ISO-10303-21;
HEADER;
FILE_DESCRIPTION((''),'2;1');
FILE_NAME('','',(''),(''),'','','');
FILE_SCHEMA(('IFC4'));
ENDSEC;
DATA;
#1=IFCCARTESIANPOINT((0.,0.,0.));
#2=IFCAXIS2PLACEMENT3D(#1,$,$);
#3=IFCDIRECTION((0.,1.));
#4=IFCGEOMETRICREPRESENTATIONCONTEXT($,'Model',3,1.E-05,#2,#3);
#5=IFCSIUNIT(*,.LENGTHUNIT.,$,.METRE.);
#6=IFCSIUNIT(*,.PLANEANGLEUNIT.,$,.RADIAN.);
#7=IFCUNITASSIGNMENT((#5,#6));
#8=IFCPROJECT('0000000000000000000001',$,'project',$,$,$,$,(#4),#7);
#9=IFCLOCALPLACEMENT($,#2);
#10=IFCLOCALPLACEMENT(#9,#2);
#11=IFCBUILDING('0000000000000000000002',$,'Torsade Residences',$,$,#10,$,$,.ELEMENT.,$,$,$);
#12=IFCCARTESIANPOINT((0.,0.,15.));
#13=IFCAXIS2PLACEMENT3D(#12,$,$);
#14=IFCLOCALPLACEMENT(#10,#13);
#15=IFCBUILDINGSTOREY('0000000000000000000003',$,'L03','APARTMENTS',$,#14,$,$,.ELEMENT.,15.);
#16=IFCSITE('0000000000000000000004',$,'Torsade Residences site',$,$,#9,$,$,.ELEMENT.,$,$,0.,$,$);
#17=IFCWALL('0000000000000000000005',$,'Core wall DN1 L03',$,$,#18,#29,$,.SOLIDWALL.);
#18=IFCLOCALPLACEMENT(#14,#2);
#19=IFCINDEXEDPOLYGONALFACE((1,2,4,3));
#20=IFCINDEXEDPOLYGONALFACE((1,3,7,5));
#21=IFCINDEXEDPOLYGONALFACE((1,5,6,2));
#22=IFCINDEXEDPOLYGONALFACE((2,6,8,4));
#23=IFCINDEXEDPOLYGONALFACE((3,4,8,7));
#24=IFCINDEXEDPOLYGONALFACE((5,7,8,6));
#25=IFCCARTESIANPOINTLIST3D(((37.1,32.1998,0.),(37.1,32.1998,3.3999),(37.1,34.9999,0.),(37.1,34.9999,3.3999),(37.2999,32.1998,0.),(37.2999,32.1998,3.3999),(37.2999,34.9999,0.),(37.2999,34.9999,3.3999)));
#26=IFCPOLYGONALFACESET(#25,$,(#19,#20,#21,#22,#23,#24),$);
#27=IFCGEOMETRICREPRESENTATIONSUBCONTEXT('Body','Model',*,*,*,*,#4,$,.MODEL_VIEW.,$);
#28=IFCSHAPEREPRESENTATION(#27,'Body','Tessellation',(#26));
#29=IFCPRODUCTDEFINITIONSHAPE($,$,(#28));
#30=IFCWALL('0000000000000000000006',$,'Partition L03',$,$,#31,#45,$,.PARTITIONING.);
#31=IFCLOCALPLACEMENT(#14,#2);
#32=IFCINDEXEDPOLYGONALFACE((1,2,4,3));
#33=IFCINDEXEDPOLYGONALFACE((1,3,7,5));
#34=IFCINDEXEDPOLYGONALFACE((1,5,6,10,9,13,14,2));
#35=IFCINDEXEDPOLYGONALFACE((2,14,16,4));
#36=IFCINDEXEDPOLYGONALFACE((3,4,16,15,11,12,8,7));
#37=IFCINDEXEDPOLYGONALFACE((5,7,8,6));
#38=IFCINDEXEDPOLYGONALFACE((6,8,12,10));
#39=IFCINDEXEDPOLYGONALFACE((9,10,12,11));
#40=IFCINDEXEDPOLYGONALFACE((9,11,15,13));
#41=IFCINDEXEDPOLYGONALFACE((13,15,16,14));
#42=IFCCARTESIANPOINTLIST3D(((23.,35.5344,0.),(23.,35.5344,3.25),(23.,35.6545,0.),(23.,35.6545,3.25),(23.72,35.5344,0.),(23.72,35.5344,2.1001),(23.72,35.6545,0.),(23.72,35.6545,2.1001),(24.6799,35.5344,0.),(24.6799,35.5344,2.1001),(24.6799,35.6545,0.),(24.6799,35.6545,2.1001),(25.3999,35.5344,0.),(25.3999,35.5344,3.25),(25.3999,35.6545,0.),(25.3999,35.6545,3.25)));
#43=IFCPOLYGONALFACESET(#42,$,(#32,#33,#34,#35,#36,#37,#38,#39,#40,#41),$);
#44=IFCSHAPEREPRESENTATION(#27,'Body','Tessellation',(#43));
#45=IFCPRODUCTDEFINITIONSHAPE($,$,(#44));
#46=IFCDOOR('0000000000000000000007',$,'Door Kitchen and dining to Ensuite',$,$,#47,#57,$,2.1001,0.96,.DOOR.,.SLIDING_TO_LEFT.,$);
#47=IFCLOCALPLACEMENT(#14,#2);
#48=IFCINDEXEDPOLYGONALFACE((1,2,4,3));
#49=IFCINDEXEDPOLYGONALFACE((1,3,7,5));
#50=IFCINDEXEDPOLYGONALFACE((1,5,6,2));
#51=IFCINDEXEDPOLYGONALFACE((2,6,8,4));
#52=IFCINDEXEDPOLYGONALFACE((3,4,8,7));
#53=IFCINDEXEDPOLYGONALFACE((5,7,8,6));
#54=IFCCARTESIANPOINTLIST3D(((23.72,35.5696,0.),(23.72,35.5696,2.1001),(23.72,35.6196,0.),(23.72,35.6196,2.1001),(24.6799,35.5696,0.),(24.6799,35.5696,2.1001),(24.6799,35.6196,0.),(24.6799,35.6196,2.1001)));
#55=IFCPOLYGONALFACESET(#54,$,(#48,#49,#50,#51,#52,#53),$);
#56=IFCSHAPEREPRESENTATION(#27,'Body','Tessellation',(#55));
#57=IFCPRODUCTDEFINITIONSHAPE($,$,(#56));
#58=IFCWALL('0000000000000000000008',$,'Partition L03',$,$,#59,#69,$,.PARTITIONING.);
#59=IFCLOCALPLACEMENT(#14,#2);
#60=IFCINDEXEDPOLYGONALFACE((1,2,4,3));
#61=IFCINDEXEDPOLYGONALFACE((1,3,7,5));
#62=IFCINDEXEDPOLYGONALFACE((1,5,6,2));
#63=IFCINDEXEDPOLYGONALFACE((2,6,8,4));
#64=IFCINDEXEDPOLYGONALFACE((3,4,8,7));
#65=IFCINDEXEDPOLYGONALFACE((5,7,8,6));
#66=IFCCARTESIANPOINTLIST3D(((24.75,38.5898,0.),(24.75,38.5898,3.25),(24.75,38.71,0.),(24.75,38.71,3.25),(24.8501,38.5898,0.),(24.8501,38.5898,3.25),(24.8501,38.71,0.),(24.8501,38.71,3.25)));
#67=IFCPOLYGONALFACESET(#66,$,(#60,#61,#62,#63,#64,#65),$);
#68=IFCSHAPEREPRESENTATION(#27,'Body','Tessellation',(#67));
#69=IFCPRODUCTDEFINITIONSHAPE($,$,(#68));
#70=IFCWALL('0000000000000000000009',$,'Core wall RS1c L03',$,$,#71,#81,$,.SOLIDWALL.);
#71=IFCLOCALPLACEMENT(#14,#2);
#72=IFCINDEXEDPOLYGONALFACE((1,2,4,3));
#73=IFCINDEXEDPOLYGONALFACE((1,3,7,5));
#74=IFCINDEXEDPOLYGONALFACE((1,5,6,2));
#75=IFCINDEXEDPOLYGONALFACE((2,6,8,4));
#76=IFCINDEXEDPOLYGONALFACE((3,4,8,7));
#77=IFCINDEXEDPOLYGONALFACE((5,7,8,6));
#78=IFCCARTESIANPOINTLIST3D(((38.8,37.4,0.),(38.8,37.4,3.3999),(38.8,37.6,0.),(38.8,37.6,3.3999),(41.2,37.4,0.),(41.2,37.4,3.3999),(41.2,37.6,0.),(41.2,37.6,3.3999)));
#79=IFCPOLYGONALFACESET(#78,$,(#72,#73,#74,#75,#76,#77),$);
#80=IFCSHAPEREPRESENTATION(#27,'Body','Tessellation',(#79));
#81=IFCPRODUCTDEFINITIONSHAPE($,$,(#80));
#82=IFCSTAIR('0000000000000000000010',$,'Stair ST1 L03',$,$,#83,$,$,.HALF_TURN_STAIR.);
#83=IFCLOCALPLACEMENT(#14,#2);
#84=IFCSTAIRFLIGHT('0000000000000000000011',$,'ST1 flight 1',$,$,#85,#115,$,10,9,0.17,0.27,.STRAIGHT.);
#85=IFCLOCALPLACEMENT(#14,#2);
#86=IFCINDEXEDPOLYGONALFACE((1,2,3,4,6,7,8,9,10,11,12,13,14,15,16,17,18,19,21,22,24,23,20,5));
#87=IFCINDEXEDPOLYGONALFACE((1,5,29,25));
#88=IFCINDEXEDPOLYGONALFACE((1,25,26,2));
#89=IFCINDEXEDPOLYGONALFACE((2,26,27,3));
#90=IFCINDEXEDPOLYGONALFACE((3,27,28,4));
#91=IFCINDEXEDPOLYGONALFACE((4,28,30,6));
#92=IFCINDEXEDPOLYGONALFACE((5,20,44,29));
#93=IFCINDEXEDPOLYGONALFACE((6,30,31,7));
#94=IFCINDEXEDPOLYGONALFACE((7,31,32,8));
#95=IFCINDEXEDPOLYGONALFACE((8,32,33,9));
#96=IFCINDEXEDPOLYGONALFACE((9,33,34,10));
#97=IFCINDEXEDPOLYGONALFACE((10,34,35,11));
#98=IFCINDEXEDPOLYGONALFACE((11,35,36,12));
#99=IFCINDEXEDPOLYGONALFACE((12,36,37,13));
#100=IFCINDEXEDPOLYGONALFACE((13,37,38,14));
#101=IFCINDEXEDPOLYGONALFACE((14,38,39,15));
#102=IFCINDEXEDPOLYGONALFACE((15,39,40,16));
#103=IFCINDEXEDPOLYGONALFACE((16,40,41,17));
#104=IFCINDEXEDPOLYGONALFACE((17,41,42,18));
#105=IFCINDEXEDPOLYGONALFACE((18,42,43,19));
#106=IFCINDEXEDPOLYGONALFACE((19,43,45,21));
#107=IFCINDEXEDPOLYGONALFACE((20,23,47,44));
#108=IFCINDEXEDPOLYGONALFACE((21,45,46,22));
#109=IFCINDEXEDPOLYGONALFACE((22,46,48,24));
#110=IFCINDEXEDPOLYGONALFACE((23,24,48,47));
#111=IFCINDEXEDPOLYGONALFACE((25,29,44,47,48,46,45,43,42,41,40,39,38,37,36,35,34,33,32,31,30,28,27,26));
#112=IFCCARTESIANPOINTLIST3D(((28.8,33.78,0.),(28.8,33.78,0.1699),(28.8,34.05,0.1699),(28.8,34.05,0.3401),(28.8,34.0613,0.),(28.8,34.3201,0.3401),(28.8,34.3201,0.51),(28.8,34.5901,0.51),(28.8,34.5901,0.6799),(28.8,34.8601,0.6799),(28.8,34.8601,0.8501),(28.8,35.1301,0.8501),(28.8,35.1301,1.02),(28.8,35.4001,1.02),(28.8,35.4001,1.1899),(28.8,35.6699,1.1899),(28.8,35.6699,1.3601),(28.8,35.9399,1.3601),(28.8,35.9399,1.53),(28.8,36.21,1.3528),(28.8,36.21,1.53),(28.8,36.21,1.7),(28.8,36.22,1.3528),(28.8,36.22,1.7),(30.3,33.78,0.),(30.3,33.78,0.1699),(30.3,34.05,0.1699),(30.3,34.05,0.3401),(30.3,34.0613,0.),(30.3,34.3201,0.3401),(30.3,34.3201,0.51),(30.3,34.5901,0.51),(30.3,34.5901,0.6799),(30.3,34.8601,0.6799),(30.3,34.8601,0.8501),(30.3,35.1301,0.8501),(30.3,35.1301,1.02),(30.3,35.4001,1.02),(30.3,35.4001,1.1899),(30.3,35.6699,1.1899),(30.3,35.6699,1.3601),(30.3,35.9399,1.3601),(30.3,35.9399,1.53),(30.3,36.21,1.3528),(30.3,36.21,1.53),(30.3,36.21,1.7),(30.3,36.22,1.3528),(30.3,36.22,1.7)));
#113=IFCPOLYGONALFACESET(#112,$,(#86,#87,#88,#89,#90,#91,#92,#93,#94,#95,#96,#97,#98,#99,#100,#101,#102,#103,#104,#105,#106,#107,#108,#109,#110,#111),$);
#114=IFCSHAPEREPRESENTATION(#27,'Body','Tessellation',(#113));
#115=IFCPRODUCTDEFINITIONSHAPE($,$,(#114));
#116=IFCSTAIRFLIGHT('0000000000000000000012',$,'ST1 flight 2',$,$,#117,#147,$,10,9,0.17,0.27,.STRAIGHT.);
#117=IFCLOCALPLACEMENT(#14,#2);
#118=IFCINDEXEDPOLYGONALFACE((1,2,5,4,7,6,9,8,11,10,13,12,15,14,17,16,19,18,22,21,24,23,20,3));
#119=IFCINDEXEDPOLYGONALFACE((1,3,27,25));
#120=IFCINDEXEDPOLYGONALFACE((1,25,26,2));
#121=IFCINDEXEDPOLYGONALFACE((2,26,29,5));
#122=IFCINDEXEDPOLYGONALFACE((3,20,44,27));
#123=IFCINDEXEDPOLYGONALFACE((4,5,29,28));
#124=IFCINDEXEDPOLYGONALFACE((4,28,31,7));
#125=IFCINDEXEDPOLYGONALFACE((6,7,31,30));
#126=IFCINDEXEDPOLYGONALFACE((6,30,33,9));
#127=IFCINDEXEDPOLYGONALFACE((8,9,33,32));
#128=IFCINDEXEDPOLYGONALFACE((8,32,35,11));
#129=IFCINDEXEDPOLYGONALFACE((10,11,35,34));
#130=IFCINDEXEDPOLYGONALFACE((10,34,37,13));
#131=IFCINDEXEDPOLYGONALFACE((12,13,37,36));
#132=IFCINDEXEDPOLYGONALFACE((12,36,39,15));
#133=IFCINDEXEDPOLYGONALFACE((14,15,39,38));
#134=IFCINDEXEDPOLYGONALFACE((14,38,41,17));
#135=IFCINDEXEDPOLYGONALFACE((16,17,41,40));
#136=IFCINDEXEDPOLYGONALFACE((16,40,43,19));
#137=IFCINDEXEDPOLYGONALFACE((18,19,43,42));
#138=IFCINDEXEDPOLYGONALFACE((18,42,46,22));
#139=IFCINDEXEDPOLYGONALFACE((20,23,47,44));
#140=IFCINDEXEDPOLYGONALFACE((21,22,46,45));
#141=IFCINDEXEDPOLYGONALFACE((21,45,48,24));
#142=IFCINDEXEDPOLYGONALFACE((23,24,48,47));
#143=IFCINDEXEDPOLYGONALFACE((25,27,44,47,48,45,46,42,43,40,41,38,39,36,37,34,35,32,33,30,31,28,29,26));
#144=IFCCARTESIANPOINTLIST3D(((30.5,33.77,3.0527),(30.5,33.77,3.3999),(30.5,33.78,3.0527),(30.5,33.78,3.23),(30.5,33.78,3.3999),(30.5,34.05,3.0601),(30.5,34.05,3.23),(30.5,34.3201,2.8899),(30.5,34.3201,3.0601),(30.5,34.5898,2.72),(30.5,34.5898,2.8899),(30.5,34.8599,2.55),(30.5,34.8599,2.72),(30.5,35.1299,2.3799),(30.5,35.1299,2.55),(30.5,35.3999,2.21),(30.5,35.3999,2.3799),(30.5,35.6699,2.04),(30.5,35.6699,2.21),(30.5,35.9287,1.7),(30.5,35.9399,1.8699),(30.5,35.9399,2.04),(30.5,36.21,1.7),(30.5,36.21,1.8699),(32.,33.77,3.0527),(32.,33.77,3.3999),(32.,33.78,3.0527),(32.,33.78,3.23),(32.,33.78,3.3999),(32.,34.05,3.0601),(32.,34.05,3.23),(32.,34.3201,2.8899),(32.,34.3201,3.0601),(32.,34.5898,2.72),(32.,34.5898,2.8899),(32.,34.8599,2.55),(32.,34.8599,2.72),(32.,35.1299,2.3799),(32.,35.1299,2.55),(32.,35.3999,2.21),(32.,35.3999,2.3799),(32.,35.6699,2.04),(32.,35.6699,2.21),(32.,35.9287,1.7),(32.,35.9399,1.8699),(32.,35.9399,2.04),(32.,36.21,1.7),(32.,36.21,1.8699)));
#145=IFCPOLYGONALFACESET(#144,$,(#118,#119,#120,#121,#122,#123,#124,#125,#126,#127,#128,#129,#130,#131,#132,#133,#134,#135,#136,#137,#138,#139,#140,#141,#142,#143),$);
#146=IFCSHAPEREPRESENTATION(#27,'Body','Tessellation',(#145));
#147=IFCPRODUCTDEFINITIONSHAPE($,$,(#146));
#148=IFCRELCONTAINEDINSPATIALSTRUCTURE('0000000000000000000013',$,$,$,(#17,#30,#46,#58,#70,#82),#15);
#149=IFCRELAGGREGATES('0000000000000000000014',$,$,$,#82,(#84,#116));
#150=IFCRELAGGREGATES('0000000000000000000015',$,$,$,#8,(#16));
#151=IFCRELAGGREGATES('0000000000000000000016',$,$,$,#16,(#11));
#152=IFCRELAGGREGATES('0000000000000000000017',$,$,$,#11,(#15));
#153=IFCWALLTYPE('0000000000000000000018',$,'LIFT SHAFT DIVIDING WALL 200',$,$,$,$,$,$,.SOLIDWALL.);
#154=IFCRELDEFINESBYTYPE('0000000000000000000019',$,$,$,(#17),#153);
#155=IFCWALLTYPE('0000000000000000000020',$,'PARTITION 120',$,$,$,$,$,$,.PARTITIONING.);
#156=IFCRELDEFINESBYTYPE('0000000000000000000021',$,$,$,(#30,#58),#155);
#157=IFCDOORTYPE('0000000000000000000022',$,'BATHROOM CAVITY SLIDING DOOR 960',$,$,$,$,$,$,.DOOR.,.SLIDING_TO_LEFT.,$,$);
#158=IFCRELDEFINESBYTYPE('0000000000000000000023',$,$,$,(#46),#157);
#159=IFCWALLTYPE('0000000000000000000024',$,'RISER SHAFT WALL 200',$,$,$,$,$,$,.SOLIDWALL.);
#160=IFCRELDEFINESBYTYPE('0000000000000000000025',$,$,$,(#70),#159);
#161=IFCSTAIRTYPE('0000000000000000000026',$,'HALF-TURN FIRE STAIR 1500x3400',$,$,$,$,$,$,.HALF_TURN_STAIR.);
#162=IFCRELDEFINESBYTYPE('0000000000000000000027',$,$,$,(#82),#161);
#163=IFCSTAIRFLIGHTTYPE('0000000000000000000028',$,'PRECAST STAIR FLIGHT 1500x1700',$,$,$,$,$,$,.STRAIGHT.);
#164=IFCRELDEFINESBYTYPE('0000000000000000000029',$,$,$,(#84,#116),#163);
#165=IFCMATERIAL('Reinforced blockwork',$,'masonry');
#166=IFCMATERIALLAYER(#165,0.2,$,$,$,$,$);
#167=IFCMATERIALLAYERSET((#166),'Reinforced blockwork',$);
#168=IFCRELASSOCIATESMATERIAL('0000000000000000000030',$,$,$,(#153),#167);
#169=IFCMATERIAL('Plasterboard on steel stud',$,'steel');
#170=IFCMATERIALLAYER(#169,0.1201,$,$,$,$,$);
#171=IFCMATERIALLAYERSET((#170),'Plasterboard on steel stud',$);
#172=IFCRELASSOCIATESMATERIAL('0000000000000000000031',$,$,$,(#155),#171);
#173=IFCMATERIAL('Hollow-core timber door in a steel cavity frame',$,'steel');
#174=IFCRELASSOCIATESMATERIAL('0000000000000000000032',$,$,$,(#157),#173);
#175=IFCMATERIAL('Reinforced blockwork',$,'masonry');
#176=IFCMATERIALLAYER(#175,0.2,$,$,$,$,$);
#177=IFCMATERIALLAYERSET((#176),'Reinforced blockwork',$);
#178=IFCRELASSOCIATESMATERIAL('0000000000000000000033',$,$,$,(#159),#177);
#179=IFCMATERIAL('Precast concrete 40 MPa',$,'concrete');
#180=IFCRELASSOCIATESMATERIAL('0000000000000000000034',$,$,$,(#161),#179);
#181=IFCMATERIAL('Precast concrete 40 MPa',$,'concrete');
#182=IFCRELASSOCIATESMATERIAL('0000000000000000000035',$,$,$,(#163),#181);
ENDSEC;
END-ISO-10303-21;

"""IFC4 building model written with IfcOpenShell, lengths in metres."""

from ifc_helpers import new_model, si_unit, direction, frame, frame_2d, origin, place, context, subcontext, project, spatial, polyline, rectangle, outline, extrude, material, layer, layer_set, type_object, element, fill, aggregate, save


model = new_model("IFC4")

# Units and contexts
model_context = context("Model", 3, precision=1e-05, world=origin(), true_north=direction((0.0, 1.0)))
body_context = subcontext(model_context, "Body", "Model", "MODEL_VIEW")
ifc_project = project(units=[si_unit("LENGTHUNIT", "METRE"), si_unit("PLANEANGLEUNIT", "RADIAN")], contexts=[model_context])

# Site, building, storey
site_placement = place(None, origin())
site = spatial("IfcSite", under=ifc_project, at=site_placement, Name="Torsade Residences site", CompositionType="ELEMENT", RefElevation=0.0)
building_placement = place(site_placement, origin())
building = spatial("IfcBuilding", under=site, at=building_placement, Name="Torsade Residences", CompositionType="ELEMENT")
storey_placement = place(building_placement, frame((0.0, 0.0, 15.0)))
storey = spatial("IfcBuildingStorey", under=building, at=storey_placement, Name="L03", Description="APARTMENTS", CompositionType="ELEMENT", Elevation=15.0)

# Wall
ifc_material_1 = material(Name="Reinforced blockwork", Category="masonry")
ifc_layer_1 = layer(ifc_material_1, 0.2)
ifc_layer_set_1 = layer_set([ifc_layer_1], Name="Reinforced blockwork")
wall_type_1 = type_object("IfcWallType", Name="LIFT SHAFT DIVIDING WALL 200", PredefinedType="SOLIDWALL", material=ifc_layer_set_1)
wall_1_placement = place(storey_placement, frame((37.2, 32.2, 0.0), z_axis=(0.0, 0.0, 1.0), x_axis=(0.0, 1.0, 0.0)))
element("IfcWall", 1, at=wall_1_placement, inside=storey, type_object=wall_type_1, Name="Core wall DN1 L03", PredefinedType="SOLIDWALL", context=body_context, shape_type="SweptSolid", body=[
    extrude(rectangle(XDim=2.8, YDim=0.2, at=frame_2d((1.3999, 0.0))), origin(), (0.0, 0.0, 1.0), 3.3999),
])

# Wall, opening, door
ifc_material_2 = material(Name="Plasterboard on steel stud", Category="steel")
ifc_layer_2 = layer(ifc_material_2, 0.1201)
ifc_layer_set_2 = layer_set([ifc_layer_2], Name="Plasterboard on steel stud")
wall_type_2 = type_object("IfcWallType", Name="PARTITION 120", PredefinedType="PARTITIONING", material=ifc_layer_set_2)
wall_2_placement = place(storey_placement, frame((25.3999, 35.5945, 0.0), z_axis=(0.0, 0.0, 1.0), x_axis=(-1.0, 0.0, 0.0)))
wall_2 = element("IfcWall", 2, at=wall_2_placement, inside=storey, type_object=wall_type_2, Name="Partition L03", PredefinedType="PARTITIONING", context=body_context, shape_type="SweptSolid", body=[
    extrude(rectangle(XDim=2.3999, YDim=0.1201, at=frame_2d((1.2, 0.0))), origin(), (0.0, 0.0, 1.0), 3.25),
])
opening_1_placement = place(wall_2_placement, frame((0.72, 0.0, 0.0)))
opening_1 = element("IfcOpeningElement", 3, at=opening_1_placement, cuts=wall_2, PredefinedType="OPENING", context=body_context, shape_type="SweptSolid", body=[
    extrude(rectangle(XDim=0.96, YDim=2.1001, at=frame_2d((0.48, 1.05))), frame((0.0, 0.0701, 0.0), z_axis=(0.0, -1.0, 0.0), x_axis=(1.0, 0.0, 0.0)), (0.0, 0.0, 1.0), 0.1401),
])
ifc_material_3 = material(Name="Hollow-core timber door in a steel cavity frame", Category="steel")
door_type_1 = type_object("IfcDoorType", Name="BATHROOM CAVITY SLIDING DOOR 960", OperationType="SLIDING_TO_LEFT", PredefinedType="DOOR", material=ifc_material_3)
door_1_placement = place(opening_1_placement, origin())
door_1 = element("IfcDoor", 4, at=door_1_placement, inside=storey, type_object=door_type_1, Name="Door Kitchen and dining to Ensuite", OperationType="SLIDING_TO_LEFT", OverallHeight=2.1001, OverallWidth=0.96, PredefinedType="DOOR", context=body_context, shape_type="SweptSolid", body=[
    extrude(rectangle(XDim=0.96, YDim=2.1001, at=frame_2d((0.48, 1.05))), frame((0.0, 0.0249, 0.0), z_axis=(0.0, -1.0, 0.0), x_axis=(1.0, 0.0, 0.0)), (0.0, 0.0, 1.0), 0.05),
])
fill(opening_1, door_1)

# Walls
wall_3_placement = place(storey_placement, frame((24.8501, 38.6499, 0.0), z_axis=(0.0, 0.0, 1.0), x_axis=(-1.0, 0.0, 0.0)))
element("IfcWall", 5, at=wall_3_placement, inside=storey, type_object=wall_type_2, Name="Partition L03", PredefinedType="PARTITIONING", context=body_context, shape_type="SweptSolid", body=[
    extrude(rectangle(XDim=0.1001, YDim=0.1201, at=frame_2d((0.05, 0.0))), origin(), (0.0, 0.0, 1.0), 3.25),
])
ifc_material_4 = material(Name="Reinforced blockwork", Category="masonry")
ifc_layer_3 = layer(ifc_material_4, 0.2)
ifc_layer_set_3 = layer_set([ifc_layer_3], Name="Reinforced blockwork")
wall_type_3 = type_object("IfcWallType", Name="RISER SHAFT WALL 200", PredefinedType="SOLIDWALL", material=ifc_layer_set_3)
wall_4_placement = place(storey_placement, frame((38.8, 37.5, 0.0), z_axis=(0.0, 0.0, 1.0), x_axis=(1.0, 0.0, 0.0)))
element("IfcWall", 6, at=wall_4_placement, inside=storey, type_object=wall_type_3, Name="Core wall RS1c L03", PredefinedType="SOLIDWALL", context=body_context, shape_type="SweptSolid", body=[
    extrude(rectangle(XDim=2.3999, YDim=0.2, at=frame_2d((1.2, 0.0))), origin(), (0.0, 0.0, 1.0), 3.3999),
])

# Stair, stair flights
ifc_material_5 = material(Name="Precast concrete 40 MPa", Category="concrete")
stair_type = type_object("IfcStairType", Name="HALF-TURN FIRE STAIR 1500x3400", PredefinedType="HALF_TURN_STAIR", material=ifc_material_5)
stair_placement = place(storey_placement, origin())
stair = element("IfcStair", 7, at=stair_placement, inside=storey, type_object=stair_type, Name="Stair ST1 L03", PredefinedType="HALF_TURN_STAIR")
ifc_material_6 = material(Name="Precast concrete 40 MPa", Category="concrete")
stair_flight_type = type_object("IfcStairFlightType", Name="PRECAST STAIR FLIGHT 1500x1700", PredefinedType="STRAIGHT", material=ifc_material_6)
stair_flight_1_placement = place(storey_placement, frame((29.55, 33.78, 0.0), z_axis=(0.0, 0.0, 1.0), x_axis=(0.0, 1.0, 0.0)))
stair_flight_1 = element("IfcStairFlight", 8, at=stair_flight_1_placement, type_object=stair_flight_type, Name="ST1 flight 1", NumberOfRisers=10, NumberOfTreads=9, PredefinedType="STRAIGHT", RiserHeight=0.17, TreadLength=0.27, context=body_context, shape_type="SweptSolid", body=[
    extrude(outline(polyline([(0.0, 0.0), (0.0, 0.1699), (0.27, 0.1699), (0.27, 0.3401), (0.54, 0.3401), (0.54, 0.51), (0.8101, 0.51), (0.8101, 0.6799), (1.0801, 0.6799), (1.0801, 0.8501), (1.3501, 0.8501), (1.3501, 1.02), (1.6201, 1.02), (1.6201, 1.1899), (1.8899, 1.1899), (1.8899, 1.3601), (2.1599, 1.3601), (2.1599, 1.53), (2.4299, 1.53), (2.4299, 1.7), (2.4399, 1.7), (2.4399, 1.3528), (2.4299, 1.3528), (0.2812, 0.0), (0.0, 0.0)])), frame((0.0, 0.75, 0.0), z_axis=(0.0, -1.0, 0.0), x_axis=(1.0, 0.0, 0.0)), (0.0, 0.0, 1.0), 1.5),
])
stair_flight_2_placement = place(storey_placement, frame((31.25, 36.21, 1.7), z_axis=(0.0, 0.0, 1.0), x_axis=(0.0, -1.0, 0.0)))
stair_flight_2 = element("IfcStairFlight", 9, at=stair_flight_2_placement, type_object=stair_flight_type, Name="ST1 flight 2", NumberOfRisers=10, NumberOfTreads=9, PredefinedType="STRAIGHT", RiserHeight=0.17, TreadLength=0.27, context=body_context, shape_type="SweptSolid", body=[
    extrude(outline(polyline([(0.0, 0.0), (0.0, 0.1699), (0.27, 0.1699), (0.27, 0.3401), (0.54, 0.3401), (0.54, 0.51), (0.8101, 0.51), (0.8101, 0.6799), (1.0801, 0.6799), (1.0801, 0.8501), (1.3501, 0.8501), (1.3501, 1.02), (1.6201, 1.02), (1.6201, 1.1899), (1.8899, 1.1899), (1.8899, 1.3601), (2.1599, 1.3601), (2.1599, 1.53), (2.4299, 1.53), (2.4299, 1.7), (2.4399, 1.7), (2.4399, 1.3528), (2.4299, 1.3528), (0.2812, 0.0), (0.0, 0.0)])), frame((0.0, 0.75, 0.0), z_axis=(0.0, -1.0, 0.0), x_axis=(1.0, 0.0, 0.0)), (0.0, 0.0, 1.0), 1.5),
])
aggregate(stair, [stair_flight_1, stair_flight_2])

save(model, "model.ifc")
